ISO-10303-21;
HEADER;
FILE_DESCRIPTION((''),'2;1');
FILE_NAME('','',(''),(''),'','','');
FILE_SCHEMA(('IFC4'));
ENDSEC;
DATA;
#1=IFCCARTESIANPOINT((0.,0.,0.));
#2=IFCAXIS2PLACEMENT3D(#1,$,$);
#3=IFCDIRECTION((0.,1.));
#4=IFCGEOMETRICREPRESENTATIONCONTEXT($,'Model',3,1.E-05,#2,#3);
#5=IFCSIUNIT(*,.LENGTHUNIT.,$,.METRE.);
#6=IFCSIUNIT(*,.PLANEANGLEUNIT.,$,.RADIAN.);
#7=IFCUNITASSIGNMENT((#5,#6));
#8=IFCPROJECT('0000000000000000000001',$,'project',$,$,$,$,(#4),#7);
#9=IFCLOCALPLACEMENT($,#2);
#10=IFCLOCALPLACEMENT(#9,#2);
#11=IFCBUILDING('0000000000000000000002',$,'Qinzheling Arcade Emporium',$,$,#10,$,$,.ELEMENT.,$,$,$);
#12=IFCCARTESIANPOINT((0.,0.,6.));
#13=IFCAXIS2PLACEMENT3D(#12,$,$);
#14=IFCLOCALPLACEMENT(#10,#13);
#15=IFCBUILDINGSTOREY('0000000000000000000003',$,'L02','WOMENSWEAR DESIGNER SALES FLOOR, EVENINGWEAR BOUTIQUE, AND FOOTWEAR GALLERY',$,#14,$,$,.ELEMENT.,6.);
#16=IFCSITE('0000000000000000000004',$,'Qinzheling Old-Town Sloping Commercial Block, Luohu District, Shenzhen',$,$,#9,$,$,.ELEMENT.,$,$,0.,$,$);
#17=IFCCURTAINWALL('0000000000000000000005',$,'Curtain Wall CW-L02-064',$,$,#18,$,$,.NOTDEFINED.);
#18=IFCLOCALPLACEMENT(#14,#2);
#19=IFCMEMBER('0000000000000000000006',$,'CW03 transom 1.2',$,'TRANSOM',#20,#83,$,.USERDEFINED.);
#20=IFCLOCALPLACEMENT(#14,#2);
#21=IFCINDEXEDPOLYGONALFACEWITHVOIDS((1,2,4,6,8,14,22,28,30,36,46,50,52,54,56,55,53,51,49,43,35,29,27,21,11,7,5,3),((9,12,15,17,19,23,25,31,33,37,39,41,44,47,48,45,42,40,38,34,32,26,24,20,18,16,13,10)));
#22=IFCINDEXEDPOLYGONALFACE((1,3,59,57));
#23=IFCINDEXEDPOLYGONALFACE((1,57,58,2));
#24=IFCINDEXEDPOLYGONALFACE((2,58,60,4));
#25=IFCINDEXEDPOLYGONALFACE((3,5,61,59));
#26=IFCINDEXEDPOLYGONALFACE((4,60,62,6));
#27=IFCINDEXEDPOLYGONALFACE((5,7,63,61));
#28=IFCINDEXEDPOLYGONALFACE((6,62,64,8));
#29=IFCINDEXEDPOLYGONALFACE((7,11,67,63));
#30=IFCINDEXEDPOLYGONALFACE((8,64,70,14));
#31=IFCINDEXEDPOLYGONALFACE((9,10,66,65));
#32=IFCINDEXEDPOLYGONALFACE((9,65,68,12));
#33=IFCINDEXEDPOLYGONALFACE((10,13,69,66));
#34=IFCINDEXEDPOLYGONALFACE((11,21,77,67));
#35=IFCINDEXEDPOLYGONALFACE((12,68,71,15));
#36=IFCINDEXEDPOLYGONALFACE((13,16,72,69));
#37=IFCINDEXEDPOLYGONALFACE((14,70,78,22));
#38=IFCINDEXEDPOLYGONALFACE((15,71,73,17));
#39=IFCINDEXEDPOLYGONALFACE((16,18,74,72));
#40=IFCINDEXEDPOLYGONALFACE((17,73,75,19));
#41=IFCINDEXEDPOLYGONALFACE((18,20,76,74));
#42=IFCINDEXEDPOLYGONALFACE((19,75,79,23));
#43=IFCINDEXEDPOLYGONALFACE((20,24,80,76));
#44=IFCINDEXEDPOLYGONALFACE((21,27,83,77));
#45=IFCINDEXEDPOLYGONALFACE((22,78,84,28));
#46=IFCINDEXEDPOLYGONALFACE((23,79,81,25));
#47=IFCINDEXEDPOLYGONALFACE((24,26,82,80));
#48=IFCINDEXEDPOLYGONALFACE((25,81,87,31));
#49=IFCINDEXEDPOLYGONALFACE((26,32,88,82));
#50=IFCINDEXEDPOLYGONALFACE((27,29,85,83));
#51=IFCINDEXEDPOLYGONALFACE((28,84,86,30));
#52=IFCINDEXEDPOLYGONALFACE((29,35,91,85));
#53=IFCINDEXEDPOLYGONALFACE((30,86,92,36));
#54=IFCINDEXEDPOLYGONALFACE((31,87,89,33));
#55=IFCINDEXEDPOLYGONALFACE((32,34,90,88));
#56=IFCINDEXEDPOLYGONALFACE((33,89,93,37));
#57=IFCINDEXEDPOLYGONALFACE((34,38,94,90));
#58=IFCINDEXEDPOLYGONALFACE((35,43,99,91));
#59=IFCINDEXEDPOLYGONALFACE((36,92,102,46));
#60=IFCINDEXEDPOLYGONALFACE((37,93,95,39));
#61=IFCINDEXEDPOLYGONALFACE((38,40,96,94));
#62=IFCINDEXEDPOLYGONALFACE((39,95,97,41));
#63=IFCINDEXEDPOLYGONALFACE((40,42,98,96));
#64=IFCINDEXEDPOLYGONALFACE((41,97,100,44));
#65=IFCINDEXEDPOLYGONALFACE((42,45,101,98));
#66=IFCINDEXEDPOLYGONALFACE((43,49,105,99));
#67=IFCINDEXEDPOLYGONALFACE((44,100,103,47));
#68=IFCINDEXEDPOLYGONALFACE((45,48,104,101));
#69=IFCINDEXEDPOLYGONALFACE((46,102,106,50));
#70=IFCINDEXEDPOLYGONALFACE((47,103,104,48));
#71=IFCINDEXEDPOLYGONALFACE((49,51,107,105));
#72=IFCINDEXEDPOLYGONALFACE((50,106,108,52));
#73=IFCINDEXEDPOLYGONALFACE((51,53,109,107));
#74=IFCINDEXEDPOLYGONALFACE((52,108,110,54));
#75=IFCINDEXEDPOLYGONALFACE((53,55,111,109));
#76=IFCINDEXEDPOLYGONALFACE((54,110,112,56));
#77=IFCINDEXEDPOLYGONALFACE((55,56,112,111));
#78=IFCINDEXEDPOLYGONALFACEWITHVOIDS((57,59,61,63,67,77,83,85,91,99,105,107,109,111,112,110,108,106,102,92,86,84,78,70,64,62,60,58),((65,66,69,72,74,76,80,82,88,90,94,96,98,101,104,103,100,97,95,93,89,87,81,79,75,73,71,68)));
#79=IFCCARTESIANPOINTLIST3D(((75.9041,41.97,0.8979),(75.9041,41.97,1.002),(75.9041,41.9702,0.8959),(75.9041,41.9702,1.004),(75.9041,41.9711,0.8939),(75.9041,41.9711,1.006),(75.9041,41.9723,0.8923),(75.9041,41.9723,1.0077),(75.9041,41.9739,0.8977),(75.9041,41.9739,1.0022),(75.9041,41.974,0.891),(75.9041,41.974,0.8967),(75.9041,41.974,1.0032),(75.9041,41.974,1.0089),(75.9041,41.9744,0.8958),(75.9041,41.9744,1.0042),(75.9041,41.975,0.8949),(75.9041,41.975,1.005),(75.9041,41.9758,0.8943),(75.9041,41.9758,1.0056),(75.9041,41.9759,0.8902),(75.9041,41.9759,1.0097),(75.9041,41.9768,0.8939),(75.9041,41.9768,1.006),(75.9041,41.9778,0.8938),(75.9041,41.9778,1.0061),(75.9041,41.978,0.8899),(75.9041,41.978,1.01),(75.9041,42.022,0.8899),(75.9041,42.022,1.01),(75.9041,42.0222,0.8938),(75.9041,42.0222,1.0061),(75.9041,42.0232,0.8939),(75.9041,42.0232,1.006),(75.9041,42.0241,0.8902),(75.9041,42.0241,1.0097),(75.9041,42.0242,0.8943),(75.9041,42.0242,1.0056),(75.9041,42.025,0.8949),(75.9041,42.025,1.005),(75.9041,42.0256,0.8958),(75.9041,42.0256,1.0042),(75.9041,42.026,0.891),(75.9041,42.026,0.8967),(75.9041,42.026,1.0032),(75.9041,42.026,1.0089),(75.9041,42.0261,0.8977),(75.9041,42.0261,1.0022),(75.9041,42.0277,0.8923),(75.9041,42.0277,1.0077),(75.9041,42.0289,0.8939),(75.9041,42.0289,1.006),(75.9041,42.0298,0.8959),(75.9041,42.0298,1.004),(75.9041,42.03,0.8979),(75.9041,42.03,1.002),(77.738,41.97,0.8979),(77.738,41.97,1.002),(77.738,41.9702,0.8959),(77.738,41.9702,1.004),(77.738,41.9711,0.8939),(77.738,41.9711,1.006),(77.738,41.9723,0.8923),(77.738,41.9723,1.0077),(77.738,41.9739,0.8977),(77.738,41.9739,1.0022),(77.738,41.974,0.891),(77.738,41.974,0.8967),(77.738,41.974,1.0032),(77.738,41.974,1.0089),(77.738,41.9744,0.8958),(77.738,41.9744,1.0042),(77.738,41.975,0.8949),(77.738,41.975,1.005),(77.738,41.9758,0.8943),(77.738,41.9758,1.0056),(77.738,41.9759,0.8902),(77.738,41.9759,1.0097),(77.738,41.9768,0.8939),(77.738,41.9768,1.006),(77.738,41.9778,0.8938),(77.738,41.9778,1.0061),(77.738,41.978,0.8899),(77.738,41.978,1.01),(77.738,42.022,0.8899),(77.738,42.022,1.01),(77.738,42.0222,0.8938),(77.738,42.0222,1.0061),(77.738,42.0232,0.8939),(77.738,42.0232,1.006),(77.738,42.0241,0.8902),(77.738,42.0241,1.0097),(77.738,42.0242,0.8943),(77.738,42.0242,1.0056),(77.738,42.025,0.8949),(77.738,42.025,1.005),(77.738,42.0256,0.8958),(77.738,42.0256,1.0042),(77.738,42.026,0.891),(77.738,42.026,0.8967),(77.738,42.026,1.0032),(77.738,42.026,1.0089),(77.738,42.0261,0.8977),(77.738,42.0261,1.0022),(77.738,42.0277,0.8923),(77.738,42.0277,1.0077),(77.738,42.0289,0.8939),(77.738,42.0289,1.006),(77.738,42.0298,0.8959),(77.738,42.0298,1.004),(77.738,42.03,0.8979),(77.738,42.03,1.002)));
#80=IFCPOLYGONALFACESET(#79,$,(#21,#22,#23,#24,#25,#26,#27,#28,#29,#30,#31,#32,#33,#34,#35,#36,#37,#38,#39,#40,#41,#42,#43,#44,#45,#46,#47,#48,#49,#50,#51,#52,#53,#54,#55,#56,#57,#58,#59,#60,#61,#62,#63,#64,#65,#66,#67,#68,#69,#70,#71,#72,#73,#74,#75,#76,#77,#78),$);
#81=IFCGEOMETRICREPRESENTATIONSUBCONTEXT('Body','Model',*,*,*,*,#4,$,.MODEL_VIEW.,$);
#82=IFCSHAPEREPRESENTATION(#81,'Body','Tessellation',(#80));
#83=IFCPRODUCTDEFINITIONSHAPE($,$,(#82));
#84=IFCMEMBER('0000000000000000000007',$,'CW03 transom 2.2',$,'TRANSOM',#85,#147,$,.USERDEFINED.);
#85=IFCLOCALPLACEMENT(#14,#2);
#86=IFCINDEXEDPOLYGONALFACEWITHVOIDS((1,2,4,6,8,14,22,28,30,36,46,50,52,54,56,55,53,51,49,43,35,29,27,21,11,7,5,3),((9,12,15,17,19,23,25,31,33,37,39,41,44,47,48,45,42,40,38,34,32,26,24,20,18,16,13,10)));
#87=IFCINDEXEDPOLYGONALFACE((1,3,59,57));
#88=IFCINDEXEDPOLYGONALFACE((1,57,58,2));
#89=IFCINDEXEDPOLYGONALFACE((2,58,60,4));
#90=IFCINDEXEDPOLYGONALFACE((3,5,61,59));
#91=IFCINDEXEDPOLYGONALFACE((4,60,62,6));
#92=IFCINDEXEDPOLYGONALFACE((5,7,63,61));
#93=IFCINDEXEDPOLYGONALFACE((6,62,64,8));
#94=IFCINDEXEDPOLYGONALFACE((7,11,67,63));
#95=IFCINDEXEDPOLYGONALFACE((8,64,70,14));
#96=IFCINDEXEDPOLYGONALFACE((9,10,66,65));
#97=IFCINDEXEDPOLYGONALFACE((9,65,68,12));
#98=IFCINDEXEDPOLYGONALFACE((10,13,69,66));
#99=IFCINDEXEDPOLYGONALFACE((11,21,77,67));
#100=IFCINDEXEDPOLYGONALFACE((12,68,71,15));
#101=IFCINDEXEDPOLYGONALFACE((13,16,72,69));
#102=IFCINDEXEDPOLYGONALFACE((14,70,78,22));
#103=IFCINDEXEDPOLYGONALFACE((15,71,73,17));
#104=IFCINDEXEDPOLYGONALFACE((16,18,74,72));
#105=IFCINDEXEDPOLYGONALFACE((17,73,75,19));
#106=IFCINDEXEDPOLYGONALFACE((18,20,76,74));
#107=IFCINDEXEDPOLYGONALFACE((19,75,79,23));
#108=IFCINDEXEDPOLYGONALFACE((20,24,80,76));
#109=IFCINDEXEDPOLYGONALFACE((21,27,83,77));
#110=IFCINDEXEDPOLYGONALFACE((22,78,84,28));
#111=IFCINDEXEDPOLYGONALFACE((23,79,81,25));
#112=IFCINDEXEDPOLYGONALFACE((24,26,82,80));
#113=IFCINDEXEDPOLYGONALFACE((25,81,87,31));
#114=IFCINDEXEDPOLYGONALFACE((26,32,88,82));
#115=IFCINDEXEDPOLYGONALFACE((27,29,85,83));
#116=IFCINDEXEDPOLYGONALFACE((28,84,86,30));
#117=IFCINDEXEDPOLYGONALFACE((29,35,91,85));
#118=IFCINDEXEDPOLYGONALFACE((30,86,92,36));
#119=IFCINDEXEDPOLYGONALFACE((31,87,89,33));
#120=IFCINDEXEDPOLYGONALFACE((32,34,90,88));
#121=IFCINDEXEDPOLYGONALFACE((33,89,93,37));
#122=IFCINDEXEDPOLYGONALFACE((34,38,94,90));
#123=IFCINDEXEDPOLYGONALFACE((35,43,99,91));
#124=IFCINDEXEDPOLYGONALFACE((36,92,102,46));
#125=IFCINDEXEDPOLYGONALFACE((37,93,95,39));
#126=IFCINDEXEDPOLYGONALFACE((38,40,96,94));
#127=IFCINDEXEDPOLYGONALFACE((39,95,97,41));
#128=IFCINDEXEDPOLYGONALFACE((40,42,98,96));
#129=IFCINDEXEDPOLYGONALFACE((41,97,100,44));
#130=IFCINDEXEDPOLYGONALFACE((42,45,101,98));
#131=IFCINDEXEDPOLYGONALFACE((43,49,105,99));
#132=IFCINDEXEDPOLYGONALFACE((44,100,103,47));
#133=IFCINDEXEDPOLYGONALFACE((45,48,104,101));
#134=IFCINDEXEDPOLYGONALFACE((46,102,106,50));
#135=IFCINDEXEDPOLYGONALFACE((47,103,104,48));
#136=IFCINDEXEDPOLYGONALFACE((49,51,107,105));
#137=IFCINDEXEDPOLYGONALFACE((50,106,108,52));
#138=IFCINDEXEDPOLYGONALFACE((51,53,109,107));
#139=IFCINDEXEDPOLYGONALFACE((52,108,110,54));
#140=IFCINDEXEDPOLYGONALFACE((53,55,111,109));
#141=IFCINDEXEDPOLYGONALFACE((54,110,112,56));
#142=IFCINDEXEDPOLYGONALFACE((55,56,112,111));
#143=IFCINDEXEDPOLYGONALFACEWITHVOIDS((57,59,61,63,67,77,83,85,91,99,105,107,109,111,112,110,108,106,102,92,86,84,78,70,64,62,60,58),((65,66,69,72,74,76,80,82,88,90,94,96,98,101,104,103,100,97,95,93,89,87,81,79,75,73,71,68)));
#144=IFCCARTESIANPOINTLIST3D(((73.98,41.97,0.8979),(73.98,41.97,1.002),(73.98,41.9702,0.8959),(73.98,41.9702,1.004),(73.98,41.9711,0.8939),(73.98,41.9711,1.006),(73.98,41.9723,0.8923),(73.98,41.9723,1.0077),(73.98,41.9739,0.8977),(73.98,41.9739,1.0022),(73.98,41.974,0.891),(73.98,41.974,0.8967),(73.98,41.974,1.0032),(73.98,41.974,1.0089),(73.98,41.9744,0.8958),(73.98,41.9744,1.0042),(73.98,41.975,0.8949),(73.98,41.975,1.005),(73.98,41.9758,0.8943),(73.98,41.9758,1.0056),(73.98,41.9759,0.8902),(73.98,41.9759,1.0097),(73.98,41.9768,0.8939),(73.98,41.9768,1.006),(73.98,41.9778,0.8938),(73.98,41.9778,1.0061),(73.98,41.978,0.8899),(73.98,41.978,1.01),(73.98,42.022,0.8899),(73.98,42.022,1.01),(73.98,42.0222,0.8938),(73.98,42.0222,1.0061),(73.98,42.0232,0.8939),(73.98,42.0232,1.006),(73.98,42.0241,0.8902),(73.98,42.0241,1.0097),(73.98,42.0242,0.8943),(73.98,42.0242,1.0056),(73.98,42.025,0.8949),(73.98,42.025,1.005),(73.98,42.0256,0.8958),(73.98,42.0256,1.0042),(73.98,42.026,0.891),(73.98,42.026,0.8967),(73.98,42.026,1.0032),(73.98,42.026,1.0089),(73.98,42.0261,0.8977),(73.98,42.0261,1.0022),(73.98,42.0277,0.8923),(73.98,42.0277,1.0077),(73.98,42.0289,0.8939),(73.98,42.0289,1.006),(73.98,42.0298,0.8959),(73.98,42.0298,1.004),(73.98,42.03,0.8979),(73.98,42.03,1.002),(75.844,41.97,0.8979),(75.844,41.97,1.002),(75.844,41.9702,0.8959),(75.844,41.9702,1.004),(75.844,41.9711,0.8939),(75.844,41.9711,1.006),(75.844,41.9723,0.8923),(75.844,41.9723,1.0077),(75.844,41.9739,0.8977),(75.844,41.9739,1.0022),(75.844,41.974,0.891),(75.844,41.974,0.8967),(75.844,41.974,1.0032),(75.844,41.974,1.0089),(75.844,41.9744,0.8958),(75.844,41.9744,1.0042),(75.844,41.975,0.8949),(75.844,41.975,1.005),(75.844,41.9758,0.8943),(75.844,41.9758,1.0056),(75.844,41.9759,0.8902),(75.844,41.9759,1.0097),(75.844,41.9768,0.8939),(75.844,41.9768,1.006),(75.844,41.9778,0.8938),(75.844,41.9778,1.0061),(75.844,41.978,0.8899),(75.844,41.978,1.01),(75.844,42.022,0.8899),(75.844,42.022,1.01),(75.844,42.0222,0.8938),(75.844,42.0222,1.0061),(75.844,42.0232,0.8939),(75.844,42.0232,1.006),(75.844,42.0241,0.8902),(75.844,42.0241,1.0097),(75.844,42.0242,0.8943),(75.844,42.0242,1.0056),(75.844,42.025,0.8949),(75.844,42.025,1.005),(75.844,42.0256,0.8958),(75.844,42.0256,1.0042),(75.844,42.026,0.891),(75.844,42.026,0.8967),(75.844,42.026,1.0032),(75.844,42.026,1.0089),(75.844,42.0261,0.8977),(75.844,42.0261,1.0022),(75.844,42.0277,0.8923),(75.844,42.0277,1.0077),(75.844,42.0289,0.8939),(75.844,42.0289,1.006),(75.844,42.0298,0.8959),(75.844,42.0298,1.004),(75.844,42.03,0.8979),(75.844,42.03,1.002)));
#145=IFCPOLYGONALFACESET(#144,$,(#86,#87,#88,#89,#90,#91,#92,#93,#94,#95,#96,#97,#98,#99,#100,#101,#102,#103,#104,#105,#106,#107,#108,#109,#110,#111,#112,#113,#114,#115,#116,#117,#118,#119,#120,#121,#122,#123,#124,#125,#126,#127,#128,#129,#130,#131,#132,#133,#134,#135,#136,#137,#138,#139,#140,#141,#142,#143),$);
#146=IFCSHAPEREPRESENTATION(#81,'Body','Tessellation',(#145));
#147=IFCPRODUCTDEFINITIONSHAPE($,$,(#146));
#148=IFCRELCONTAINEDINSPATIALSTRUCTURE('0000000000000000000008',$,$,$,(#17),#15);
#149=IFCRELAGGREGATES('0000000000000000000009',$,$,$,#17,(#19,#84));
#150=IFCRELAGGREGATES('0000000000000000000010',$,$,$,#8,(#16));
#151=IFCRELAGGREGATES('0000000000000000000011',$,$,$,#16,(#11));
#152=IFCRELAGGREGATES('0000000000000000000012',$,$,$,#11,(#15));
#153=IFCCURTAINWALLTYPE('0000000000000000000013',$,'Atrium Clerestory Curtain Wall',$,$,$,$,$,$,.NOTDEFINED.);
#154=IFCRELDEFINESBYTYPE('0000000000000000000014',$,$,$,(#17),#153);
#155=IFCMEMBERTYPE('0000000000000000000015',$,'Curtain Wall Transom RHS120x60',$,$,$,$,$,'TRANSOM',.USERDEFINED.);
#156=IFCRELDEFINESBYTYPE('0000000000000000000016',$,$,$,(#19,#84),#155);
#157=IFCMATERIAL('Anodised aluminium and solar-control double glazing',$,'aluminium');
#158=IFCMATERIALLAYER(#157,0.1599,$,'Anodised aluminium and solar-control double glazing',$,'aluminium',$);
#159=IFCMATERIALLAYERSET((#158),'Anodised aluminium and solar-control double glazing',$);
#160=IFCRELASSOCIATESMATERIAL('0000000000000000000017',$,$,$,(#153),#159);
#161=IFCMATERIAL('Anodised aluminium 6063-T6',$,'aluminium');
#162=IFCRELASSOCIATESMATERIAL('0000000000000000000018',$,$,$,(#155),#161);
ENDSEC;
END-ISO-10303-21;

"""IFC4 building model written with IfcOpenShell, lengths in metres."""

from ifc_helpers import new_model, si_unit, direction, frame, origin, origin_2d, place, context, subcontext, project, spatial, hollow_rectangle, extrude, material, layer, layer_set, material_profile, profile_set, type_object, element, aggregate, save


model = new_model("IFC4")

# Units and contexts
model_context = context("Model", 3, precision=1e-05, world=origin(), true_north=direction((0.0, 1.0)))
body_context = subcontext(model_context, "Body", "Model", "MODEL_VIEW")
ifc_project = project(units=[si_unit("LENGTHUNIT", "METRE"), si_unit("PLANEANGLEUNIT", "RADIAN")], contexts=[model_context])

# Site, building, storey
site_placement = place(None, origin())
site = spatial("IfcSite", under=ifc_project, at=site_placement, Name="Qinzheling Old-Town Sloping Commercial Block, Luohu District, Shenzhen", CompositionType="ELEMENT", RefElevation=0.0)
building_placement = place(site_placement, origin())
building = spatial("IfcBuilding", under=site, at=building_placement, Name="Qinzheling Arcade Emporium", CompositionType="ELEMENT")
storey_placement = place(building_placement, frame((0.0, 0.0, 6.0)))
storey = spatial("IfcBuildingStorey", under=building, at=storey_placement, Name="L02", Description="WOMENSWEAR DESIGNER SALES FLOOR, EVENINGWEAR BOUTIQUE, AND FOOTWEAR GALLERY", CompositionType="ELEMENT", Elevation=6.0)

# Curtain wall, members
ifc_material_1 = material(Name="Anodised aluminium and solar-control double glazing", Category="aluminium")
ifc_layer_1 = layer(ifc_material_1, 0.1599, Name="Anodised aluminium and solar-control double glazing", Category="aluminium")
ifc_layer_set_1 = layer_set([ifc_layer_1], Name="Anodised aluminium and solar-control double glazing")
curtain_wall_type = type_object("IfcCurtainWallType", Name="Atrium Clerestory Curtain Wall", PredefinedType="NOTDEFINED", material=ifc_layer_set_1)
curtain_wall_placement = place(storey_placement, origin())
curtain_wall = element("IfcCurtainWall", 1, at=curtain_wall_placement, inside=storey, type_object=curtain_wall_type, Name="Curtain Wall CW-L02-064", PredefinedType="NOTDEFINED")
ifc_material_2 = material(Name="Anodised aluminium 6063-T6", Category="aluminium")
ifc_material_profile_1 = material_profile(ifc_material_2, hollow_rectangle(XDim=0.0601, YDim=0.1201, WallThickness=0.0039, InnerFilletRadius=0.0039, OuterFilletRadius=0.0081, at=origin_2d()), Name="RHS 120x60x4", Category="aluminium")
ifc_profile_set_1 = profile_set([ifc_material_profile_1], Name="Anodised aluminium 6063-T6")
member_type_1 = type_object("IfcMemberType", Name="Curtain Wall Transom RHS120x60", ElementType="TRANSOM", PredefinedType="USERDEFINED", material=ifc_profile_set_1)
member_1_placement = place(storey_placement, frame((77.738, 42.0, 0.95), z_axis=(-1.0, 0.0, 0.0), x_axis=(0.0, -1.0, 0.0)))
member_1 = element("IfcMember", 2, at=member_1_placement, type_object=member_type_1, Name="CW03 transom 1.2", ObjectType="TRANSOM", PredefinedType="USERDEFINED", context=body_context, shape_type="SweptSolid", body=[
    extrude(hollow_rectangle(XDim=0.0601, YDim=0.1201, WallThickness=0.0039, InnerFilletRadius=0.0039, OuterFilletRadius=0.0081, at=origin_2d()), origin(), (0.0, 0.0, 1.0), 1.834),
])
member_2_placement = place(storey_placement, frame((75.844, 42.0, 0.95), z_axis=(-1.0, 0.0, 0.0), x_axis=(0.0, -1.0, 0.0)))
member_2 = element("IfcMember", 3, at=member_2_placement, type_object=member_type_1, Name="CW03 transom 2.2", ObjectType="TRANSOM", PredefinedType="USERDEFINED", context=body_context, shape_type="SweptSolid", body=[
    extrude(hollow_rectangle(XDim=0.0601, YDim=0.1201, WallThickness=0.0039, InnerFilletRadius=0.0039, OuterFilletRadius=0.0081, at=origin_2d()), origin(), (0.0, 0.0, 1.0), 1.864),
])

aggregate(curtain_wall, [member_1, member_2])

save(model, "model.ifc")
